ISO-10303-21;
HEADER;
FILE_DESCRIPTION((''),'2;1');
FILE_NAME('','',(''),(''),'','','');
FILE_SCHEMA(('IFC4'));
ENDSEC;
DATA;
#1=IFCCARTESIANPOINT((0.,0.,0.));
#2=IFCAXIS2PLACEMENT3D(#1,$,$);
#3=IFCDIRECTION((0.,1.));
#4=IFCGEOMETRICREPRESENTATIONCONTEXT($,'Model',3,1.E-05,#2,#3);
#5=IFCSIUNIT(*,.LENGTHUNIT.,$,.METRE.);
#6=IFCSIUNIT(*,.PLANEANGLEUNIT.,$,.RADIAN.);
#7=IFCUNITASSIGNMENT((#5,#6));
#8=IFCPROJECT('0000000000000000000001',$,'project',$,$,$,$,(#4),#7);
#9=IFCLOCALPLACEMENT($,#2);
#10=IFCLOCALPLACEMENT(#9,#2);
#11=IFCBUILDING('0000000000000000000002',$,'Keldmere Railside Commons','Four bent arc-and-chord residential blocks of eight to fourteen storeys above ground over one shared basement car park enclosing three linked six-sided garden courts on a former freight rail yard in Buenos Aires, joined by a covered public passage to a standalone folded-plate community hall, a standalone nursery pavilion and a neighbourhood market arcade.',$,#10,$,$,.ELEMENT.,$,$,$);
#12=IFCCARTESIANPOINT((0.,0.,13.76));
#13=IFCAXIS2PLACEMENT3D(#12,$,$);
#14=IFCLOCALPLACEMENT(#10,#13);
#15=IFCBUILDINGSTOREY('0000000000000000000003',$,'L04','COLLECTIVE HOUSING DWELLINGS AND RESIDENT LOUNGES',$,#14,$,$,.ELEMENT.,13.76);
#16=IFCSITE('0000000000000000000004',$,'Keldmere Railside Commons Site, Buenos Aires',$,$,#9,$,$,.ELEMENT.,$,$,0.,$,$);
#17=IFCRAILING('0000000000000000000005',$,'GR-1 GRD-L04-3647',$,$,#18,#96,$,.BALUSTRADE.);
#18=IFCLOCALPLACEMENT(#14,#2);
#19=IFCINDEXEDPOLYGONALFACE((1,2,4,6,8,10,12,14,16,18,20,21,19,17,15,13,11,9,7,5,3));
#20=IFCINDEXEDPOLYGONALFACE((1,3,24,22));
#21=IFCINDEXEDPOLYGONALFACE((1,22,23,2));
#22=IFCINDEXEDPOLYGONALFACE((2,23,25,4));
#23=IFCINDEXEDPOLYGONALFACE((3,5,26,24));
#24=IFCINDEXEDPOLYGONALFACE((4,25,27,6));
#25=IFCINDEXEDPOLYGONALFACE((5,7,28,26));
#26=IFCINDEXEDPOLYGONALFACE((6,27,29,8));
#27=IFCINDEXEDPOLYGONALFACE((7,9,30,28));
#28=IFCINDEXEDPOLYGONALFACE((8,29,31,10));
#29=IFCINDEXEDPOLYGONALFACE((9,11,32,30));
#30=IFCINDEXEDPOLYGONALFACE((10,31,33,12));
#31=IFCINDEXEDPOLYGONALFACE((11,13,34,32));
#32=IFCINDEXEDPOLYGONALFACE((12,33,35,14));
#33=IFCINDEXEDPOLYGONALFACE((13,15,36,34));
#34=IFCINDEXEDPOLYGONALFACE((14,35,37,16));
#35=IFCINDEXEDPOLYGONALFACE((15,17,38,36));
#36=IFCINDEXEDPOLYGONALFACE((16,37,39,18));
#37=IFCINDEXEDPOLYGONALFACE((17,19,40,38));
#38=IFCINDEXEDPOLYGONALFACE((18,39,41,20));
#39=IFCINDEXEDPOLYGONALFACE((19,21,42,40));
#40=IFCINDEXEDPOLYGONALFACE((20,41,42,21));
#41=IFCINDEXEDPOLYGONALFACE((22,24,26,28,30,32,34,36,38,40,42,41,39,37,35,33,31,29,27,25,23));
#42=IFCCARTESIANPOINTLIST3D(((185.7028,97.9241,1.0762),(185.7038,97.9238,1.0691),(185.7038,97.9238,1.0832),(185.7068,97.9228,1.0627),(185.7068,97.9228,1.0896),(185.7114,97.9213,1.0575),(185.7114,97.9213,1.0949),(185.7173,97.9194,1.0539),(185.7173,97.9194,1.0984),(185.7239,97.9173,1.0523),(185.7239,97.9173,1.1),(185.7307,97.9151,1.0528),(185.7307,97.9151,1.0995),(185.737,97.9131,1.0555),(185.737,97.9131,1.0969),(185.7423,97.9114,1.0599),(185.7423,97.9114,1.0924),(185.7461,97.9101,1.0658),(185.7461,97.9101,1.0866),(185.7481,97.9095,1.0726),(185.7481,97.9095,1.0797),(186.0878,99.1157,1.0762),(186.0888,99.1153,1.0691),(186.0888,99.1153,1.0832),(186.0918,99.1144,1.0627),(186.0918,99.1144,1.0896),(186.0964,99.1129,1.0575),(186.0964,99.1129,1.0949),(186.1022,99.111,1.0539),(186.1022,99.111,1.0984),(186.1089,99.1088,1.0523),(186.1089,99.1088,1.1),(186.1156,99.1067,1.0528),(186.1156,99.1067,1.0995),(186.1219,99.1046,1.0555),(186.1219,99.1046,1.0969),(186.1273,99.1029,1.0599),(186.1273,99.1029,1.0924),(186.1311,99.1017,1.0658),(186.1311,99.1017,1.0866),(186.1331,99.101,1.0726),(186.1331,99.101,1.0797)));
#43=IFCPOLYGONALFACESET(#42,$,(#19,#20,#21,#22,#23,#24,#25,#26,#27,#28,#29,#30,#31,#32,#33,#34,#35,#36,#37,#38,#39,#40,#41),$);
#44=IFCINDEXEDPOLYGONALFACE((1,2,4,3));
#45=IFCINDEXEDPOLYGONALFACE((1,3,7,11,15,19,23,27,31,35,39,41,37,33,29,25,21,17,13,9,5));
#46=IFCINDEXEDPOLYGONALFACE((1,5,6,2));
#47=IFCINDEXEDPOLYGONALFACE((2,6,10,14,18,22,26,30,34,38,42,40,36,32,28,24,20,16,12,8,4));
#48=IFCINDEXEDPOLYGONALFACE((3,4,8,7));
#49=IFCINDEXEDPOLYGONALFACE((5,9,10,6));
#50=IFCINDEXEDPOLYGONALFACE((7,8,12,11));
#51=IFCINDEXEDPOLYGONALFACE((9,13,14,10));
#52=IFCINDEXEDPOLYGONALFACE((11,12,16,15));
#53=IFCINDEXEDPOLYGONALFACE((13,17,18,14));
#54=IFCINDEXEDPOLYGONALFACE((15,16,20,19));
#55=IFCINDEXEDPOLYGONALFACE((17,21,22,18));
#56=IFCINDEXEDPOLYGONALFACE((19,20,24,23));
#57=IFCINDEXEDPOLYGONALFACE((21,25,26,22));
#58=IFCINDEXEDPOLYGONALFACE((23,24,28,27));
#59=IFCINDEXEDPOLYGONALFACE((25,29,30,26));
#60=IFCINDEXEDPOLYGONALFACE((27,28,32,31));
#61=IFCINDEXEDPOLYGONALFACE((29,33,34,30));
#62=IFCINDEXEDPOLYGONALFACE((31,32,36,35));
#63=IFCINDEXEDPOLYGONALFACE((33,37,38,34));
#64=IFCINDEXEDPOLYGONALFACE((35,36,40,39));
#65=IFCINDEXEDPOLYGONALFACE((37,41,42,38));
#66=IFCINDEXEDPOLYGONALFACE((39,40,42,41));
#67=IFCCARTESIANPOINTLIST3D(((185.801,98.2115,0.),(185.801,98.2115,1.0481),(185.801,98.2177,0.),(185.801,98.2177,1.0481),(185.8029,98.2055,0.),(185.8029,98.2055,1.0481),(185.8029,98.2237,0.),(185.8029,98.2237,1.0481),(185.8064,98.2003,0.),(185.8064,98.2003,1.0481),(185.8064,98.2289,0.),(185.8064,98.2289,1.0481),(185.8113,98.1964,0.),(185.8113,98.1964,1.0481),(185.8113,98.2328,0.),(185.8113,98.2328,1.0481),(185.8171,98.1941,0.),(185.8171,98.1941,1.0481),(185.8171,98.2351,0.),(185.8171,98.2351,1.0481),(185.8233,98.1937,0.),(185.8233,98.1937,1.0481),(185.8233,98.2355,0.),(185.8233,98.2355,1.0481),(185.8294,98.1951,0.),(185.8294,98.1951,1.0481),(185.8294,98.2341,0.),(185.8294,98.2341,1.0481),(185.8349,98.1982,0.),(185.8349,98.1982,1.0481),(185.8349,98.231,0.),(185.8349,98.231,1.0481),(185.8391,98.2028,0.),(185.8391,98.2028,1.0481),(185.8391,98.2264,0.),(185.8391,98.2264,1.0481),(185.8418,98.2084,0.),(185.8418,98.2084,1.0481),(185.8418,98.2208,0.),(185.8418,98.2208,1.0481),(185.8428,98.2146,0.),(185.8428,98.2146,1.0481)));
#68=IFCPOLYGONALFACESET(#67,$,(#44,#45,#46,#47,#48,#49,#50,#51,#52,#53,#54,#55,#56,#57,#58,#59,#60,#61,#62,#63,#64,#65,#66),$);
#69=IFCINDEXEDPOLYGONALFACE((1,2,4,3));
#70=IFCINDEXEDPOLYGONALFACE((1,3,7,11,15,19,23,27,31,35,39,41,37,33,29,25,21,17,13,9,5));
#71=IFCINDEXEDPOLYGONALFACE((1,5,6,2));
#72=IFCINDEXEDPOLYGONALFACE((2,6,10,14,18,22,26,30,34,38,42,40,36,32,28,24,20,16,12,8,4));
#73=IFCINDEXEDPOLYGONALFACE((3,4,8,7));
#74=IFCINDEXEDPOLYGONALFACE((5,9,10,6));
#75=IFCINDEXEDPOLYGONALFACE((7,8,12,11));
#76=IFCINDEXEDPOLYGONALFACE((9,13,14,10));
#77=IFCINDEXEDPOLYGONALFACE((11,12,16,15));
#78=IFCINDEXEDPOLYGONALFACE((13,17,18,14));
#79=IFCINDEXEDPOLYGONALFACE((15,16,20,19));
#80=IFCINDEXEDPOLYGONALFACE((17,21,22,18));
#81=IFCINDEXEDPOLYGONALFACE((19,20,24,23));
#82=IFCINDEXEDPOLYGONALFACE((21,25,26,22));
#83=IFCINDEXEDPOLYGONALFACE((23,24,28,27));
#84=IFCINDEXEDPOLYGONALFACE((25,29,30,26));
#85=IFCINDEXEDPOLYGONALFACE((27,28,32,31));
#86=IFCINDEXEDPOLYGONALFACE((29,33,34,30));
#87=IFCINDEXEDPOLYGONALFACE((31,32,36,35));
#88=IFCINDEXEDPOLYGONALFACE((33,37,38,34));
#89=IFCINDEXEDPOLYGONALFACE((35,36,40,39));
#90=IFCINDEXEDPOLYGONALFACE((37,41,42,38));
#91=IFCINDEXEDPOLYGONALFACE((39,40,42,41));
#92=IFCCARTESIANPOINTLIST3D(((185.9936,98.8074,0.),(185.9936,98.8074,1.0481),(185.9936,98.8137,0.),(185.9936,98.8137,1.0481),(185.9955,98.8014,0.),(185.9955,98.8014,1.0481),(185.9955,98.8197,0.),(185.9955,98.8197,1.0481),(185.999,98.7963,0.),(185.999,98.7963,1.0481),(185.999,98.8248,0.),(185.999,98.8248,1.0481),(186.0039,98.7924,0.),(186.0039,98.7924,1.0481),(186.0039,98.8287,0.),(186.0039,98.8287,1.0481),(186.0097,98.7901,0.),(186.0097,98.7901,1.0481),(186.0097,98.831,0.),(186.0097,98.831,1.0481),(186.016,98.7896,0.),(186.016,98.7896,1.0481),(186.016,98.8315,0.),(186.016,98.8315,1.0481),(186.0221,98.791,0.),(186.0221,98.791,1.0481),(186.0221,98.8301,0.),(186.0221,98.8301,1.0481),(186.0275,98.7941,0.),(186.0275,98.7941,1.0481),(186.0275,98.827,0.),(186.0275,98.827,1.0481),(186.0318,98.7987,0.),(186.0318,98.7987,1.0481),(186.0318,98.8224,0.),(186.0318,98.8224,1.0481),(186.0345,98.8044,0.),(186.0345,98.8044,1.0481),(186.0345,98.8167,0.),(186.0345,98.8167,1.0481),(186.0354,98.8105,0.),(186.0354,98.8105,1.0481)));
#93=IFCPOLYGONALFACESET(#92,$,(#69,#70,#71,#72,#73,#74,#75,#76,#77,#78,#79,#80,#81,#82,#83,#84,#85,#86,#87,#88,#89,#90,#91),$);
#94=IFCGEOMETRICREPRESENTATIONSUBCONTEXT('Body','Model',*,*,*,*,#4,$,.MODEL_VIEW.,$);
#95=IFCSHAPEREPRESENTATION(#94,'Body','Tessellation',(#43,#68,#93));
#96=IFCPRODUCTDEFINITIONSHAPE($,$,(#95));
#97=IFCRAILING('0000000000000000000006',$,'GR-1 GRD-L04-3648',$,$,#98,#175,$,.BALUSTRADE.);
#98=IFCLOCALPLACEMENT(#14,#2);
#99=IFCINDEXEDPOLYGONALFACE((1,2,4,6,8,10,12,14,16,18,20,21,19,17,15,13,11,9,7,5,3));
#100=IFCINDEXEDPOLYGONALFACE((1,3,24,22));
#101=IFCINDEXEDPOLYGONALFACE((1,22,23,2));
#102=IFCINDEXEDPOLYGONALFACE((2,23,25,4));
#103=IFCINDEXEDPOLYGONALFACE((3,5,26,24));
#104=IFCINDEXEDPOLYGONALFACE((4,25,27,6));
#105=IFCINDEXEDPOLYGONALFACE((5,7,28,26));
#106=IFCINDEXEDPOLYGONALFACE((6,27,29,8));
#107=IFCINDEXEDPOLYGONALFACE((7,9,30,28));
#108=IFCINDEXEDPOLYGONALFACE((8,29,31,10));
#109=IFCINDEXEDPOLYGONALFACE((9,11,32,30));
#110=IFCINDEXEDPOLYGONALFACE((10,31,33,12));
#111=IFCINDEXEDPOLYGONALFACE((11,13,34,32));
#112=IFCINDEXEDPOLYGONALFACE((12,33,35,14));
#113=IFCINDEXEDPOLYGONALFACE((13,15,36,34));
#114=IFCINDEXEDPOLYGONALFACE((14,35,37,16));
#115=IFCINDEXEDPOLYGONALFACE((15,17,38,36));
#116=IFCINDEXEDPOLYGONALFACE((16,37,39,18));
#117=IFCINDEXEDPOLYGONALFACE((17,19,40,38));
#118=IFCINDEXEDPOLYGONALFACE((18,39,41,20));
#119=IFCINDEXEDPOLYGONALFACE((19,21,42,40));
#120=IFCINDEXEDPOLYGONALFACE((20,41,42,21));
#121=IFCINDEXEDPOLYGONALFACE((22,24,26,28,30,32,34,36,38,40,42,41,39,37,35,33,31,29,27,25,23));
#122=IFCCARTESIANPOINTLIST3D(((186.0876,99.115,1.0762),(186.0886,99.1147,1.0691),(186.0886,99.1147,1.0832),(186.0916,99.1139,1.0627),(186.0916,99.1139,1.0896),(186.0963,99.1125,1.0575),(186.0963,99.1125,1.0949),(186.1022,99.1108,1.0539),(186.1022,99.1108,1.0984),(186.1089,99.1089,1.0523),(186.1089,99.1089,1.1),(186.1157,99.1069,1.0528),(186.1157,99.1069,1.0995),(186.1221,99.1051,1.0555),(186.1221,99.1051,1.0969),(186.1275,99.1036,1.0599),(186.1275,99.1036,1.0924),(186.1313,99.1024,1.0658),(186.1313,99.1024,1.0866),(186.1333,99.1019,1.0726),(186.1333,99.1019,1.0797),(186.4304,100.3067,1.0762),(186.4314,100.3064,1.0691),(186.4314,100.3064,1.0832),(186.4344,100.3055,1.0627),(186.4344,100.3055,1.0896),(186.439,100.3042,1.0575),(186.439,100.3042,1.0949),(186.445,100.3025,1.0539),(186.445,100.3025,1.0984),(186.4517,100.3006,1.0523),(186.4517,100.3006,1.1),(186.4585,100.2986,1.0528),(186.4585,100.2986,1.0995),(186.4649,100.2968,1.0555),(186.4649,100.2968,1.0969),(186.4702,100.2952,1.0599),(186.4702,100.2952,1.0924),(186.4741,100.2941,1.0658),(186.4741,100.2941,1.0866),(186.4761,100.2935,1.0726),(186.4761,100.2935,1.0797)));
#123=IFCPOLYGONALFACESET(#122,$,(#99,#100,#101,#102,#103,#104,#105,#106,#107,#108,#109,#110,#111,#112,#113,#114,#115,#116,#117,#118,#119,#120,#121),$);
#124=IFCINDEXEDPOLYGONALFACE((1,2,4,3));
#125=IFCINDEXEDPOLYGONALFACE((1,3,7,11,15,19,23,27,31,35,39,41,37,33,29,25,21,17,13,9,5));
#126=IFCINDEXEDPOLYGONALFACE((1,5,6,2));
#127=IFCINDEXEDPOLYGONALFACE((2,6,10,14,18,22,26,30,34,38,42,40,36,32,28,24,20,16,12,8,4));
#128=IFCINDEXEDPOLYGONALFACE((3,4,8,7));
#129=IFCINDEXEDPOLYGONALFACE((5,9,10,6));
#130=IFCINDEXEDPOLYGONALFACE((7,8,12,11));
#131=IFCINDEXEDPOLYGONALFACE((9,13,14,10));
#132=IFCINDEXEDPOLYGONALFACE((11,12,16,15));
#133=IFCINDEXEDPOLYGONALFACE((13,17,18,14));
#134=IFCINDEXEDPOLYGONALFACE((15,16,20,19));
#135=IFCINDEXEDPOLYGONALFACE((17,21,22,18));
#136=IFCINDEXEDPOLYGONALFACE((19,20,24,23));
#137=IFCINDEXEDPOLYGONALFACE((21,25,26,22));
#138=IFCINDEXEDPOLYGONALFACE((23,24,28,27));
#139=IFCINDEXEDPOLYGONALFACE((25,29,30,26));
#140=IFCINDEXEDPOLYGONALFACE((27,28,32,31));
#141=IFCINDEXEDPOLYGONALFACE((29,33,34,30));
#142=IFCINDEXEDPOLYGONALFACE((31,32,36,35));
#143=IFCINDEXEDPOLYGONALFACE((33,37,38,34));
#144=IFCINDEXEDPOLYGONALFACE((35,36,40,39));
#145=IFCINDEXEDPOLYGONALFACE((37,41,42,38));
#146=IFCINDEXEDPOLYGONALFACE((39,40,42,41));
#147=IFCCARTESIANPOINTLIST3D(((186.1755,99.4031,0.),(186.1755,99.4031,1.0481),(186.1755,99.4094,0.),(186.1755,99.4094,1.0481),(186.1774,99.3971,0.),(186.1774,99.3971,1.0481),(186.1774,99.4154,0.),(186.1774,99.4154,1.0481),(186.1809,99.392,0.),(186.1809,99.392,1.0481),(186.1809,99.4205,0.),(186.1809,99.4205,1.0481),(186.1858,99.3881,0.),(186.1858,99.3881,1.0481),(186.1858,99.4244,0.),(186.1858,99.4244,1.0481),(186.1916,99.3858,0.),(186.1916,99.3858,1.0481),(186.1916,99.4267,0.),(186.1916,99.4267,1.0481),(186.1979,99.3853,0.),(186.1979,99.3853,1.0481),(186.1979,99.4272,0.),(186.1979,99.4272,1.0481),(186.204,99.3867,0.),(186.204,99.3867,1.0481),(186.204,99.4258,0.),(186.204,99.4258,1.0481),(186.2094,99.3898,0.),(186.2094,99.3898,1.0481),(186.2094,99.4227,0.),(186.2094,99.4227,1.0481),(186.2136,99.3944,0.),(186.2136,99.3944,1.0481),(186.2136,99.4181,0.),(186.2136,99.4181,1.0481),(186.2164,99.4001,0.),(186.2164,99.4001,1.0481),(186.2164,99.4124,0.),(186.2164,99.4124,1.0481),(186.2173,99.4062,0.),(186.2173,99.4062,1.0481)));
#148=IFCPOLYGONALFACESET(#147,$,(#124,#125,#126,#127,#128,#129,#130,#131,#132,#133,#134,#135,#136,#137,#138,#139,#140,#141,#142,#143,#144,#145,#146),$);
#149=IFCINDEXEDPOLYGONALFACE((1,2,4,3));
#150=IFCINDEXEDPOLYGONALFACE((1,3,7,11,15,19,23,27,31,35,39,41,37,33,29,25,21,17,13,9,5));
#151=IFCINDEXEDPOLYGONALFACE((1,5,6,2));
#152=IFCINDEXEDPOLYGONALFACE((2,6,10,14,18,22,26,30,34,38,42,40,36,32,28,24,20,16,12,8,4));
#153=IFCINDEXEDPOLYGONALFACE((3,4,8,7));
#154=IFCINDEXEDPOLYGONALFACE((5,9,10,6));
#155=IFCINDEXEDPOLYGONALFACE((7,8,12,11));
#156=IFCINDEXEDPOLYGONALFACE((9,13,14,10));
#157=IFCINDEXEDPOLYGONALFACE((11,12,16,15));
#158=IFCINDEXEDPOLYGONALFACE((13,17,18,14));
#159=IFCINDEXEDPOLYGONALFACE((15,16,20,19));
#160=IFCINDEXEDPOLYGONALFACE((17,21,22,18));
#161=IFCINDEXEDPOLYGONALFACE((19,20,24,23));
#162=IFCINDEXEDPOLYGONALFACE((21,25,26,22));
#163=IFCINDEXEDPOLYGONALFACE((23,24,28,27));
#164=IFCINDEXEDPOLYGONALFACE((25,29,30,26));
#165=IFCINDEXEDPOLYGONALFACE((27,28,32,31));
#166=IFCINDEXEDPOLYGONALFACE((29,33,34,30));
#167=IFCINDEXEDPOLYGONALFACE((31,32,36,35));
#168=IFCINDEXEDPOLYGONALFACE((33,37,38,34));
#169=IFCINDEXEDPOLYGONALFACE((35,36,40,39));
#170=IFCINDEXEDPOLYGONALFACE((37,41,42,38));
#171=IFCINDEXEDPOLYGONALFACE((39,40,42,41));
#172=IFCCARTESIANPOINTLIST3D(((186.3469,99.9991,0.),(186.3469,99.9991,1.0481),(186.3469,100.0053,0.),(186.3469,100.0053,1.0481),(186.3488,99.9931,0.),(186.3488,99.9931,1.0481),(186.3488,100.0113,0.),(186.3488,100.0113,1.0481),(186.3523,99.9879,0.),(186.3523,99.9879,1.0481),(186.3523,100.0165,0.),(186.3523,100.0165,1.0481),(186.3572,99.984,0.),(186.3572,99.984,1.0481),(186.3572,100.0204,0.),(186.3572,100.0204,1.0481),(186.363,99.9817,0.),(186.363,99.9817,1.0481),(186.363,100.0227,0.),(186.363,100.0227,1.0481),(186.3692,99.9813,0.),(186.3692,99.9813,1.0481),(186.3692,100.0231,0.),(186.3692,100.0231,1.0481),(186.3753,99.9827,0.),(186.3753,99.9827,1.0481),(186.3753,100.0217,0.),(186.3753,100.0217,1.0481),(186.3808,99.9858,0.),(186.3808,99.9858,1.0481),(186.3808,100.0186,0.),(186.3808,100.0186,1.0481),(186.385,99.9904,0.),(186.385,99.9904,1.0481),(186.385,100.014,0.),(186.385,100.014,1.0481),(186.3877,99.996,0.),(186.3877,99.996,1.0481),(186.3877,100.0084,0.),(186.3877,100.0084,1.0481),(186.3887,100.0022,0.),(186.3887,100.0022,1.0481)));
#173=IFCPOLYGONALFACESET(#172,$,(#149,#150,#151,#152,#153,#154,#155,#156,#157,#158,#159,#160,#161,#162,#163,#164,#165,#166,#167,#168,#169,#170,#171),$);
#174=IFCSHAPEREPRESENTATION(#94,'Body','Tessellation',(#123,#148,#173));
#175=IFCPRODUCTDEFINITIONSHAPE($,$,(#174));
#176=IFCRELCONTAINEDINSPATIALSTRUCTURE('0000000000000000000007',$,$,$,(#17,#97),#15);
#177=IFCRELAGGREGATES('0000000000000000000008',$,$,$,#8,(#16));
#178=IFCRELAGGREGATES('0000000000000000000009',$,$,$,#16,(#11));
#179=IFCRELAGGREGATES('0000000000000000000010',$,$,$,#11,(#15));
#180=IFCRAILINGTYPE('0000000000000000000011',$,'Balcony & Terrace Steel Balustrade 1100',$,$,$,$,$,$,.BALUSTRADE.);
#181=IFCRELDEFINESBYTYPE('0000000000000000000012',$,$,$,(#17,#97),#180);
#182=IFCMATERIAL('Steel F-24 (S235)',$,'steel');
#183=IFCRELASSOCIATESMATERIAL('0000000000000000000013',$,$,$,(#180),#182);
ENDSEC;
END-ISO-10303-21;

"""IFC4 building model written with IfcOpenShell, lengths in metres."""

from ifc_helpers import new_model, si_unit, direction, frame, origin, origin_2d, place, context, subcontext, project, spatial, circle, extrude, material, type_object, element, save


model = new_model("IFC4")

# Units and contexts
model_context = context("Model", 3, precision=1e-05, world=origin(), true_north=direction((0.0, 1.0)))
body_context = subcontext(model_context, "Body", "Model", "MODEL_VIEW")
ifc_project = project(units=[si_unit("LENGTHUNIT", "METRE"), si_unit("PLANEANGLEUNIT", "RADIAN")], contexts=[model_context])

# Site, building, storey
site_placement = place(None, origin())
site = spatial("IfcSite", under=ifc_project, at=site_placement, Name="Keldmere Railside Commons Site, Buenos Aires", CompositionType="ELEMENT", RefElevation=0.0)
building_placement = place(site_placement, origin())
building = spatial("IfcBuilding", under=site, at=building_placement, Name="Keldmere Railside Commons", Description="Four bent arc-and-chord residential blocks of eight to fourteen storeys above ground over one shared basement car park enclosing three linked six-sided garden courts on a former freight rail yard in Buenos Aires, joined by a covered public passage to a standalone folded-plate community hall, a standalone nursery pavilion and a neighbourhood market arcade.", CompositionType="ELEMENT")
storey_placement = place(building_placement, frame((0.0, 0.0, 13.76)))
storey = spatial("IfcBuildingStorey", under=building, at=storey_placement, Name="L04", Description="COLLECTIVE HOUSING DWELLINGS AND RESIDENT LOUNGES", CompositionType="ELEMENT", Elevation=13.76)

# Railings
ifc_material_1 = material(Name="Steel F-24 (S235)", Category="steel")
railing_type = type_object("IfcRailingType", Name="Balcony & Terrace Steel Balustrade 1100", PredefinedType="BALUSTRADE", material=ifc_material_1)
railing_1_placement = place(storey_placement, frame((185.7256, 97.9167, 0.0)))
element("IfcRailing", 1, at=railing_1_placement, inside=storey, type_object=railing_type, Name="GR-1 GRD-L04-3647", PredefinedType="BALUSTRADE", context=body_context, shape_type="SweptSolid", body=[
    extrude(circle(Radius=0.0239, at=origin_2d()), frame((0.0, 0.0, 1.0762), z_axis=(0.307441, 0.951567, 0.0), x_axis=(-0.951567, 0.307441, 0.0)), (0.0, 0.0, 1.0), 1.2522),
    extrude(circle(Radius=0.021, at=origin_2d()), frame((0.0962, 0.2979, 0.0)), (0.0, 0.0, 1.0), 1.0481),
    extrude(circle(Radius=0.021, at=origin_2d()), frame((0.2888, 0.8938, 0.0)), (0.0, 0.0, 1.0), 1.0481),
])
railing_2_placement = place(storey_placement, frame((186.1106, 99.1084, 0.0)))
element("IfcRailing", 2, at=railing_2_placement, inside=storey, type_object=railing_type, Name="GR-1 GRD-L04-3648", PredefinedType="BALUSTRADE", context=body_context, shape_type="SweptSolid", body=[
    extrude(circle(Radius=0.0239, at=origin_2d()), frame((0.0, 0.0, 1.0762), z_axis=(0.276437, 0.961032, 0.0), x_axis=(-0.961032, 0.276437, 0.0)), (0.0, 0.0, 1.0), 1.24),
    extrude(circle(Radius=0.021, at=origin_2d()), frame((0.0857, 0.2979, 0.0)), (0.0, 0.0, 1.0), 1.0481),
    extrude(circle(Radius=0.021, at=origin_2d()), frame((0.2571, 0.8938, 0.0)), (0.0, 0.0, 1.0), 1.0481),
])

save(model, "model.ifc")
